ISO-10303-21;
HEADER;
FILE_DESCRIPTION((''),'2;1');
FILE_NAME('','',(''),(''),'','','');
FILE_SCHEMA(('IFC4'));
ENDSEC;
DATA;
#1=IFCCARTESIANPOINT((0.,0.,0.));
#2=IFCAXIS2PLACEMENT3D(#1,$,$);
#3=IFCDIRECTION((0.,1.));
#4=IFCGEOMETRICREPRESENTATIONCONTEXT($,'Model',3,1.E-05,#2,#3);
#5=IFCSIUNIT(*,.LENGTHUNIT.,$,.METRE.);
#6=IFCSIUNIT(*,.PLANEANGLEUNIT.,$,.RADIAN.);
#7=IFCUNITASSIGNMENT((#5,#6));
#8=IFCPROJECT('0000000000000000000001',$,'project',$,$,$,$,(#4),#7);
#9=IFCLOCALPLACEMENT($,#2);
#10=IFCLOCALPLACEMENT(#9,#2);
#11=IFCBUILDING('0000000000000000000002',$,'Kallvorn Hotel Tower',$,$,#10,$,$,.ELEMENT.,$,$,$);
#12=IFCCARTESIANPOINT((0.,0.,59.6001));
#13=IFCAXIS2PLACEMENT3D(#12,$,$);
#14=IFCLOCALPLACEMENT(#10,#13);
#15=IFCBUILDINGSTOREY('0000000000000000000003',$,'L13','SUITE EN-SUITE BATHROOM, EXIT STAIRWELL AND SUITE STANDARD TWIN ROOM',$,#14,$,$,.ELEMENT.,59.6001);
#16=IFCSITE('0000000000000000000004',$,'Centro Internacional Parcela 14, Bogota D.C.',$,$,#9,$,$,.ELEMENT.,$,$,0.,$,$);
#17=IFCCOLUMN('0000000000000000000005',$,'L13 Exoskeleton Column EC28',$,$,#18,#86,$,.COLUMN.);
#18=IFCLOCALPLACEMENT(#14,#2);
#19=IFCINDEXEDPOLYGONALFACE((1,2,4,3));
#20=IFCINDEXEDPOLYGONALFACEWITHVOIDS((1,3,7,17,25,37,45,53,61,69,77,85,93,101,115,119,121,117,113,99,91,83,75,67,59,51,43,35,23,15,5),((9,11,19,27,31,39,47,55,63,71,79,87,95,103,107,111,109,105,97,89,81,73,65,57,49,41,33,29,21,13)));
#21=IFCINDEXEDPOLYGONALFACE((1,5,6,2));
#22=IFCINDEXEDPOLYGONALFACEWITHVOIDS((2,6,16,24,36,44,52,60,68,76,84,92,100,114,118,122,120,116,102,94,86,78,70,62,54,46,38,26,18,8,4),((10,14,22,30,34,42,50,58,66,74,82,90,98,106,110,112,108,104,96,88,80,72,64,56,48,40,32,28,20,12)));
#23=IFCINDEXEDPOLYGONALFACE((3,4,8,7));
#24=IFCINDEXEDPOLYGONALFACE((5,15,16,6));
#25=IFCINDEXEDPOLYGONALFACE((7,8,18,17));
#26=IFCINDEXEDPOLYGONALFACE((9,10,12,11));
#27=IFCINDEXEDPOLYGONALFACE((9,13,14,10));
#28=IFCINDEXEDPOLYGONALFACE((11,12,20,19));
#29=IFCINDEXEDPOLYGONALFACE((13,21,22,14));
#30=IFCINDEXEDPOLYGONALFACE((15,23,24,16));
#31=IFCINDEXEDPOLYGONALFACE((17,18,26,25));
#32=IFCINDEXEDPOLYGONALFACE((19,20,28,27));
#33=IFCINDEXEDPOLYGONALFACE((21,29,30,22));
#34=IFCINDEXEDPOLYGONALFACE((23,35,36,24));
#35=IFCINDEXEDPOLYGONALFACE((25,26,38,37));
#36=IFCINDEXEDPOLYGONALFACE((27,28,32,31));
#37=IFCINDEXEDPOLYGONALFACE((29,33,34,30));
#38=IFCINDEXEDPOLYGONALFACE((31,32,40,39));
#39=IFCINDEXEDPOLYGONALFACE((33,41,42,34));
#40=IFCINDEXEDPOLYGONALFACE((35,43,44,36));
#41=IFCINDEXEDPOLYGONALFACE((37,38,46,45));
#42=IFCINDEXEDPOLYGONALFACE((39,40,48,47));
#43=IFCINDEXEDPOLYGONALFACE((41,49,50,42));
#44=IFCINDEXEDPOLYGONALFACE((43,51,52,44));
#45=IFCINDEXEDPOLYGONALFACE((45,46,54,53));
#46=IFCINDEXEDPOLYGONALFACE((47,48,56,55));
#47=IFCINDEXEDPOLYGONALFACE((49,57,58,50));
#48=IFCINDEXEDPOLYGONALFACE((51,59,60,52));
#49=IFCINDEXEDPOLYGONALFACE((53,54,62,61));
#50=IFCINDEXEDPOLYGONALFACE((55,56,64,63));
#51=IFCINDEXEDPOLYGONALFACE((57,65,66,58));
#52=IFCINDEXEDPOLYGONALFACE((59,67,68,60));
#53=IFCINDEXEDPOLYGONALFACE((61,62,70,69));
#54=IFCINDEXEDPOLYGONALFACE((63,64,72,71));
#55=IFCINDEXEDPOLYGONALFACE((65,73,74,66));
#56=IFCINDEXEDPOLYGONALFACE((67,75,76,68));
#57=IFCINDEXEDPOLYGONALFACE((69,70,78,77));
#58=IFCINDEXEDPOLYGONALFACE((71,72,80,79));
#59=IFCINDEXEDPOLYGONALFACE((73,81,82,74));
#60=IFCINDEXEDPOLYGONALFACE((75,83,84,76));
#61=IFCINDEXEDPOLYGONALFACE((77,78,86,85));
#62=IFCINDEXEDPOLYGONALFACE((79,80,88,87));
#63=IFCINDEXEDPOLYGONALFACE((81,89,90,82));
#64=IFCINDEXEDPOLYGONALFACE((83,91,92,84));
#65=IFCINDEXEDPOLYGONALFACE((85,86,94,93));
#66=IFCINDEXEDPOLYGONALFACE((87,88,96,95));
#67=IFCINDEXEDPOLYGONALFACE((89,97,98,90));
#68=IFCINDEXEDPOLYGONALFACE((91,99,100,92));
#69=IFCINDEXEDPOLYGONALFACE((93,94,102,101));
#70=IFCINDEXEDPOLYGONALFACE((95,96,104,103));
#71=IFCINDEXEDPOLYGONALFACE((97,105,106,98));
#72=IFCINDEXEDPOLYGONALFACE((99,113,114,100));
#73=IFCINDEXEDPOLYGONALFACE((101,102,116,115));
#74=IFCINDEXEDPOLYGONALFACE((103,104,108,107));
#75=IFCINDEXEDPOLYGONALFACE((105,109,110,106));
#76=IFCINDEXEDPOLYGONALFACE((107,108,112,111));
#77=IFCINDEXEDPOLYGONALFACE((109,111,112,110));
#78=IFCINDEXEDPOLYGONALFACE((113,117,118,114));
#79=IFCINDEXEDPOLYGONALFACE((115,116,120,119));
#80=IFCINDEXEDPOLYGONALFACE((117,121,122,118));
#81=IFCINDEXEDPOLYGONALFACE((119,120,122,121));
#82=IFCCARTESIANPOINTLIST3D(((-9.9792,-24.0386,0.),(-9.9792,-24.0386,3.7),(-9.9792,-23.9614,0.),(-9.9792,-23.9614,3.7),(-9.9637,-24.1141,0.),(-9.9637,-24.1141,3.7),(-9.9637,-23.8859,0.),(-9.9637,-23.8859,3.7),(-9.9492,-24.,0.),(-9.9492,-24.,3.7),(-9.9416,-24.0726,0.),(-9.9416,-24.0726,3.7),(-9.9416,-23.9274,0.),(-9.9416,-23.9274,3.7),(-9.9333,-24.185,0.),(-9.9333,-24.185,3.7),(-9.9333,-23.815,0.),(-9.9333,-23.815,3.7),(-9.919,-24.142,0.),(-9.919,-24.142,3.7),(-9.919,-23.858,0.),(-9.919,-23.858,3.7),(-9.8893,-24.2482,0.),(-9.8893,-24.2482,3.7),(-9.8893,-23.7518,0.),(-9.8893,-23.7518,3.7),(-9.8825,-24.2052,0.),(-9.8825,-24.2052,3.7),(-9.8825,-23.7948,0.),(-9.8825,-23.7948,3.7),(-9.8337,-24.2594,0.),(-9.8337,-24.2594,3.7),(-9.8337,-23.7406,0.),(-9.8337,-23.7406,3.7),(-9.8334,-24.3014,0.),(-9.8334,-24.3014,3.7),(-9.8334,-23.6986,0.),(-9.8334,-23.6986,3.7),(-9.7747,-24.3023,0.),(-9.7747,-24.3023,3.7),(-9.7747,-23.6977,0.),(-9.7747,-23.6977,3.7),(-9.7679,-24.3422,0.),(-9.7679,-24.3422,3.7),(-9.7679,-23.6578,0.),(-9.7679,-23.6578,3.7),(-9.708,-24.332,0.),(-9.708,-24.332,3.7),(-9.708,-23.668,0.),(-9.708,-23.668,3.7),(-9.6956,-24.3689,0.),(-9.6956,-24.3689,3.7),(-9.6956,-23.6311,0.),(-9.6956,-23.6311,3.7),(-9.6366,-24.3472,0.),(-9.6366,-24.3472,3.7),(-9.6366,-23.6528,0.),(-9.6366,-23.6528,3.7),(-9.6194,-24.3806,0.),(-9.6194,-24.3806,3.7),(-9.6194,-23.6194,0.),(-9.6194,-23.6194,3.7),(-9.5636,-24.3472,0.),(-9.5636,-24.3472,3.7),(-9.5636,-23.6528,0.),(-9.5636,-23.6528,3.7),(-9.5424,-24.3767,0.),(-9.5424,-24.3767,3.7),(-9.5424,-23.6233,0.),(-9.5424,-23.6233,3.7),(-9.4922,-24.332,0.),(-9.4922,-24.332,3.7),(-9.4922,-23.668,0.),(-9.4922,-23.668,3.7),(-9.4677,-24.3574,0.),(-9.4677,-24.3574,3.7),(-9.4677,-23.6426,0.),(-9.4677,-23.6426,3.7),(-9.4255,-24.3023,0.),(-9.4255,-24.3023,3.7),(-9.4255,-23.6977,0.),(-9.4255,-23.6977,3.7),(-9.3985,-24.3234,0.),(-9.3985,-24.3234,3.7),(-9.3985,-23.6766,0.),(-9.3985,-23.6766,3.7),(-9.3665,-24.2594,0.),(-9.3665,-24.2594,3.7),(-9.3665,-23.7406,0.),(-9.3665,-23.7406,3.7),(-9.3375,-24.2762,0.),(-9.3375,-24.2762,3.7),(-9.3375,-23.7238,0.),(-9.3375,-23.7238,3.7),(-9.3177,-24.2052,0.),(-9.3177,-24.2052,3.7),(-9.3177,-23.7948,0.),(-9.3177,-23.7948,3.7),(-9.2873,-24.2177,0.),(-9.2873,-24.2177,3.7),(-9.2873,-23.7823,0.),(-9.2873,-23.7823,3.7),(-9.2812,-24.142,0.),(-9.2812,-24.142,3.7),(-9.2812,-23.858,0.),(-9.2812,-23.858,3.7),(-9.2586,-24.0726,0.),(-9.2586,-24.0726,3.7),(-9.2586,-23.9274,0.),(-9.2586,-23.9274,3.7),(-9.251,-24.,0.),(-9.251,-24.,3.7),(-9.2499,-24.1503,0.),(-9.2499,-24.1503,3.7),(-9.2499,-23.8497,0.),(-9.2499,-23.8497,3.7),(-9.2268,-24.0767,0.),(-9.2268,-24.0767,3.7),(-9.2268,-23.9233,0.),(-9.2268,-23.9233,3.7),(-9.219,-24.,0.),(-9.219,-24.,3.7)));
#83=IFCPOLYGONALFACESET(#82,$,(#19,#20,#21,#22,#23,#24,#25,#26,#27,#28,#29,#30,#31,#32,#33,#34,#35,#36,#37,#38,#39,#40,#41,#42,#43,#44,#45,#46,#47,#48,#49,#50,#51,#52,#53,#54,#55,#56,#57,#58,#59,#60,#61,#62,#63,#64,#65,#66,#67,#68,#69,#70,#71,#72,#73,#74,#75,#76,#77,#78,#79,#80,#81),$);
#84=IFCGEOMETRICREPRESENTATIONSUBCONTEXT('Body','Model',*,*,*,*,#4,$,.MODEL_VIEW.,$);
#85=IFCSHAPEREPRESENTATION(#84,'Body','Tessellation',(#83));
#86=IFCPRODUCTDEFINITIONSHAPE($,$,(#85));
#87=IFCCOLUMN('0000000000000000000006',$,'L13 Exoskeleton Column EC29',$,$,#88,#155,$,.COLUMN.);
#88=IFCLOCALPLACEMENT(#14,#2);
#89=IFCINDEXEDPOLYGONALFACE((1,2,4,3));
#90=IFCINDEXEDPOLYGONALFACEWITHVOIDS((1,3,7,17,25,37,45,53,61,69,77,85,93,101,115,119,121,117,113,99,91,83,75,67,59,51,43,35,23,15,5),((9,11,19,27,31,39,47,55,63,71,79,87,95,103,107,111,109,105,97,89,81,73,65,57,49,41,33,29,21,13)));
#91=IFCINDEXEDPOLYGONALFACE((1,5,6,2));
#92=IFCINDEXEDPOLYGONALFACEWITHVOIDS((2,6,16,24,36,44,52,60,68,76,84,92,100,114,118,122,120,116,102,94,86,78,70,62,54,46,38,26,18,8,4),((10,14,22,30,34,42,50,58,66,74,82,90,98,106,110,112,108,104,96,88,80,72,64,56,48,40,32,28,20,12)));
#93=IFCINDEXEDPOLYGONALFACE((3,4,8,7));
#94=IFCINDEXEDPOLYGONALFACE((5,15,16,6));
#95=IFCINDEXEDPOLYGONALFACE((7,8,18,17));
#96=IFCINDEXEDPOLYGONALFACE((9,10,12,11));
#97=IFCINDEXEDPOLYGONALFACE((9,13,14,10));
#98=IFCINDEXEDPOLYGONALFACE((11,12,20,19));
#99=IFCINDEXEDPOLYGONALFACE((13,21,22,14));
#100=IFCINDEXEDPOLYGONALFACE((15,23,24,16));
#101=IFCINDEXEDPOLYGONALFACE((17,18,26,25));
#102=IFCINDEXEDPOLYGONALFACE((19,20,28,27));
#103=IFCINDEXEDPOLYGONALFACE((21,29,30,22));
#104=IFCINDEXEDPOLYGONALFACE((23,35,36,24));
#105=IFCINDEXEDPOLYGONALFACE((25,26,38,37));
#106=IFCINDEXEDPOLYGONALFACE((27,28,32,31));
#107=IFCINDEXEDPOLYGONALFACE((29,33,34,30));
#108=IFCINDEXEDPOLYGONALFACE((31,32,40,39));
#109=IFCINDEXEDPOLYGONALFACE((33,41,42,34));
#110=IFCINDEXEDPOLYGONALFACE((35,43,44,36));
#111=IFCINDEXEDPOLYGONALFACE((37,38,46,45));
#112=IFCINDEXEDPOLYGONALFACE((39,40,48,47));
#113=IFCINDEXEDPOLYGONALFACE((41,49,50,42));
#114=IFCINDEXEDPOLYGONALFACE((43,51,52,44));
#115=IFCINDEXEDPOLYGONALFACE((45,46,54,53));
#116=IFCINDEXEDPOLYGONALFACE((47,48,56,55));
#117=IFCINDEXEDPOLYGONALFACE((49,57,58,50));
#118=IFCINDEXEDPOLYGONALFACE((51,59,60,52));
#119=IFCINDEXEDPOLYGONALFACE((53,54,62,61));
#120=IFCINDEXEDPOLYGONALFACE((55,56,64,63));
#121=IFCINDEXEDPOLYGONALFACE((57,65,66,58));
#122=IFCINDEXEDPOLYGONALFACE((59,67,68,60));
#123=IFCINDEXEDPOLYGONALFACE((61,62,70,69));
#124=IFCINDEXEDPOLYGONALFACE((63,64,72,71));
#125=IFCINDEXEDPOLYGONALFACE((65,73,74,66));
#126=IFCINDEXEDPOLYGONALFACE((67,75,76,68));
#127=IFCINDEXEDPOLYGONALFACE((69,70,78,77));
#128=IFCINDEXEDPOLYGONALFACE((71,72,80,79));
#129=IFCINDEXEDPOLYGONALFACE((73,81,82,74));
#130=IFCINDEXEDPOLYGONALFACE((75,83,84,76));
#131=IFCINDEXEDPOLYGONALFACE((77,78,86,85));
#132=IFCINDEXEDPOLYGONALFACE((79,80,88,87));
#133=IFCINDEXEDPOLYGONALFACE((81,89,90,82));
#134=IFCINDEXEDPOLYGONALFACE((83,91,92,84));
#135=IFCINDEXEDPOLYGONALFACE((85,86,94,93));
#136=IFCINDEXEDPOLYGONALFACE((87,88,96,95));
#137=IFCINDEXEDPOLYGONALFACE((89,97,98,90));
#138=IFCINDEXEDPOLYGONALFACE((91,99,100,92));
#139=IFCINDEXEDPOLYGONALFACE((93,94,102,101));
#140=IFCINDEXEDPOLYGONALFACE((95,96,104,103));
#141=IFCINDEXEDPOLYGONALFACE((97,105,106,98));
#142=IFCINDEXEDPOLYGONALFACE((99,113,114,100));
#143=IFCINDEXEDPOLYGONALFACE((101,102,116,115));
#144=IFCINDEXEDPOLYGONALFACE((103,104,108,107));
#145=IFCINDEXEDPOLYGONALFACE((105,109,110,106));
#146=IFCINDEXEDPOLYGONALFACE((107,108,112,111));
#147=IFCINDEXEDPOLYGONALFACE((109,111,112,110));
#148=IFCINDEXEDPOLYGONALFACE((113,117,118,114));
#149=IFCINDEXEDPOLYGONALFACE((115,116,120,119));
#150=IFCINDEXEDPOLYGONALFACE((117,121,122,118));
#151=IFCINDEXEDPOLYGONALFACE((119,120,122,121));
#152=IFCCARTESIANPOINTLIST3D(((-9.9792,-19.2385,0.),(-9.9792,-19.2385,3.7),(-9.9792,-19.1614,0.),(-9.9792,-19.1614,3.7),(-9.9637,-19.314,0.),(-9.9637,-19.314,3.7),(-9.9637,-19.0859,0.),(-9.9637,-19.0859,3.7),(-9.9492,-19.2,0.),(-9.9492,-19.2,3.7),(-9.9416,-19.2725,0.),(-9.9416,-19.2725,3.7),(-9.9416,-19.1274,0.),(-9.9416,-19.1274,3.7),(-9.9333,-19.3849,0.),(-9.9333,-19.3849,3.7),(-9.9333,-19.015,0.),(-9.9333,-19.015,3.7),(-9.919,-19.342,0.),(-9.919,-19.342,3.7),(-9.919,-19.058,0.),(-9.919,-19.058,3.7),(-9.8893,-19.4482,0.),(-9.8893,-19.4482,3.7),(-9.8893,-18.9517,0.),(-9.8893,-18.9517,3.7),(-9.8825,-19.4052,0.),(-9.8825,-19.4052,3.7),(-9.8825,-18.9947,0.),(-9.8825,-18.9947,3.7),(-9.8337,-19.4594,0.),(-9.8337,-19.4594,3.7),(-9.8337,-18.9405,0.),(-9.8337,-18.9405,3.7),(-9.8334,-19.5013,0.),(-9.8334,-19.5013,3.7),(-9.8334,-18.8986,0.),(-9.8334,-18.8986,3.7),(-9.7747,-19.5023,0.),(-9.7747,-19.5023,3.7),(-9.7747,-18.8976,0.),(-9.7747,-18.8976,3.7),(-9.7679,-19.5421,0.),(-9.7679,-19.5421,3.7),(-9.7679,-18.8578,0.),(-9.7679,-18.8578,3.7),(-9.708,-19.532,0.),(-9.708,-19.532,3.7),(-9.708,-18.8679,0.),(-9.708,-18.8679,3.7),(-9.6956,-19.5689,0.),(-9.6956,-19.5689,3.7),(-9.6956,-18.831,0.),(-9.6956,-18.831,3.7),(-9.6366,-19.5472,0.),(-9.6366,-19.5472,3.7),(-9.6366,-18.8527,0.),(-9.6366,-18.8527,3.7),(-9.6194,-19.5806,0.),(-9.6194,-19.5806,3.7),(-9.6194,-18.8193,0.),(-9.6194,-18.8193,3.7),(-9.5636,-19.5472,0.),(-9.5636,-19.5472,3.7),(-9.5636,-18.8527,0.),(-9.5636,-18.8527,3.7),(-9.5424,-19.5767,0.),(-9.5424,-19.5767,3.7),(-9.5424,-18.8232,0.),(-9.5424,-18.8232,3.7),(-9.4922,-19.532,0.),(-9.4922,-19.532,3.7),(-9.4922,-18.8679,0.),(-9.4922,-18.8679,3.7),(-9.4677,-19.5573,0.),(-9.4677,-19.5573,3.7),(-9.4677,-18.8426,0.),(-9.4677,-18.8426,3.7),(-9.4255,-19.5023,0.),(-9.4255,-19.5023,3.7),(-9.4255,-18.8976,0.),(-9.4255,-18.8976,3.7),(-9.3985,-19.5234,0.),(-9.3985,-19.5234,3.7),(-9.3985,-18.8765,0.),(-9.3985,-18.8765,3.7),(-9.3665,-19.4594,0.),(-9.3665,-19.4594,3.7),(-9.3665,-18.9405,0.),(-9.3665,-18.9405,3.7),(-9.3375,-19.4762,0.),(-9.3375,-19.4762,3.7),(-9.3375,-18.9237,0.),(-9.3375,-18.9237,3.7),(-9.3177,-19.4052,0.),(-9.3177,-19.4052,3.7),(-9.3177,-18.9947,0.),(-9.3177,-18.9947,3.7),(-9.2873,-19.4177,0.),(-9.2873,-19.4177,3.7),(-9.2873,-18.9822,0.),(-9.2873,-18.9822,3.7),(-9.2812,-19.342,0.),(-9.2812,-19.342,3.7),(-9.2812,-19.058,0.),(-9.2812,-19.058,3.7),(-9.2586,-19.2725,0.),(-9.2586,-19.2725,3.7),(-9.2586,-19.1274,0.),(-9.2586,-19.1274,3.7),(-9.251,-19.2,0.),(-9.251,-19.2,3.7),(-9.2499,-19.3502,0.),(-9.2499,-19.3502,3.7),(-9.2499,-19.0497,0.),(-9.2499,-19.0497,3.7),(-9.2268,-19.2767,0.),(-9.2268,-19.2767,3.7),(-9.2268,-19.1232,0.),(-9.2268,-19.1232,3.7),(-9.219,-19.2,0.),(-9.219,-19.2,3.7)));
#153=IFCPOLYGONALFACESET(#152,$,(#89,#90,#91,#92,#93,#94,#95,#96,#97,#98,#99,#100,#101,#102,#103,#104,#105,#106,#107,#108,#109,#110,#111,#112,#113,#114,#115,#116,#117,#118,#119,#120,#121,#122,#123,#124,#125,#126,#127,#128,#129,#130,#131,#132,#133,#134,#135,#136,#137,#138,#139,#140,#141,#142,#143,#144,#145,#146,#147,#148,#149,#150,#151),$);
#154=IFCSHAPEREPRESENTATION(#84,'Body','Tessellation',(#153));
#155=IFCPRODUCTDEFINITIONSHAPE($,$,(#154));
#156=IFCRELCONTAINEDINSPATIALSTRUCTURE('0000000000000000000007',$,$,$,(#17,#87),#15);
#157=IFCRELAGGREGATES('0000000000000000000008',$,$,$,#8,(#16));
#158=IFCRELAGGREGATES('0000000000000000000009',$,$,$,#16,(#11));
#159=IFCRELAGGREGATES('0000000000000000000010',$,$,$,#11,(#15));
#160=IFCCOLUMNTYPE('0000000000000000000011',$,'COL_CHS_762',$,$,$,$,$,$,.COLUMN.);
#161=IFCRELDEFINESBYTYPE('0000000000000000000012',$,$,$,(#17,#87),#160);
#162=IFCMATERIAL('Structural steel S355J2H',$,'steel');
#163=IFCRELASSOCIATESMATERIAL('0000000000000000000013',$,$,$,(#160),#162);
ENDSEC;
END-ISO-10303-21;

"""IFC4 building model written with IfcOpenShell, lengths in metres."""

from ifc_helpers import new_model, si_unit, direction, frame, origin, origin_2d, place, context, subcontext, project, spatial, hollow_circle, extrude, material, material_profile, profile_set, type_object, element, save


model = new_model("IFC4")

# Units and contexts
model_context = context("Model", 3, precision=1e-05, world=origin(), true_north=direction((0.0, 1.0)))
body_context = subcontext(model_context, "Body", "Model", "MODEL_VIEW")
ifc_project = project(units=[si_unit("LENGTHUNIT", "METRE"), si_unit("PLANEANGLEUNIT", "RADIAN")], contexts=[model_context])

# Site, building, storey
site_placement = place(None, origin())
site = spatial("IfcSite", under=ifc_project, at=site_placement, Name="Centro Internacional Parcela 14, Bogota D.C.", CompositionType="ELEMENT", RefElevation=0.0)
building_placement = place(site_placement, origin())
building = spatial("IfcBuilding", under=site, at=building_placement, Name="Kallvorn Hotel Tower", CompositionType="ELEMENT")
storey_placement = place(building_placement, frame((0.0, 0.0, 59.6001)))
storey = spatial("IfcBuildingStorey", under=building, at=storey_placement, Name="L13", Description="SUITE EN-SUITE BATHROOM, EXIT STAIRWELL AND SUITE STANDARD TWIN ROOM", CompositionType="ELEMENT", Elevation=59.6001)

# Columns
ifc_material_1 = material(Name="Structural steel S355J2H", Category="steel")
ifc_material_profile_1 = material_profile(ifc_material_1, hollow_circle(Radius=0.3811, WallThickness=0.032, at=origin_2d()), Name="CHS 762x32")
ifc_profile_set_1 = profile_set([ifc_material_profile_1], Name="Structural steel S355J2H")
column_type_1 = type_object("IfcColumnType", Name="COL_CHS_762", PredefinedType="COLUMN", material=ifc_profile_set_1)
for number, where, z_axis, x_axis, name in (
    (1, (-9.6001, -24.0, 0.0), (0.0, 0.0, 1.0), (1.0, 0.0, 0.0), "L13 Exoskeleton Column EC28"),
    (2, (-9.6001, -19.2, 0.0), (0.0, 0.0, 1.0), (1.0, 0.0, 0.0), "L13 Exoskeleton Column EC29"),
):
    element("IfcColumn", number, at=place(storey_placement, frame(where, z_axis=z_axis, x_axis=x_axis)), inside=storey, type_object=column_type_1, Name=name, PredefinedType="COLUMN", context=body_context, shape_type="SweptSolid", body=[
        extrude(hollow_circle(Radius=0.3811, WallThickness=0.032, at=origin_2d()), origin(), (0.0, 0.0, 1.0), 3.7),
    ])

save(model, "model.ifc")
